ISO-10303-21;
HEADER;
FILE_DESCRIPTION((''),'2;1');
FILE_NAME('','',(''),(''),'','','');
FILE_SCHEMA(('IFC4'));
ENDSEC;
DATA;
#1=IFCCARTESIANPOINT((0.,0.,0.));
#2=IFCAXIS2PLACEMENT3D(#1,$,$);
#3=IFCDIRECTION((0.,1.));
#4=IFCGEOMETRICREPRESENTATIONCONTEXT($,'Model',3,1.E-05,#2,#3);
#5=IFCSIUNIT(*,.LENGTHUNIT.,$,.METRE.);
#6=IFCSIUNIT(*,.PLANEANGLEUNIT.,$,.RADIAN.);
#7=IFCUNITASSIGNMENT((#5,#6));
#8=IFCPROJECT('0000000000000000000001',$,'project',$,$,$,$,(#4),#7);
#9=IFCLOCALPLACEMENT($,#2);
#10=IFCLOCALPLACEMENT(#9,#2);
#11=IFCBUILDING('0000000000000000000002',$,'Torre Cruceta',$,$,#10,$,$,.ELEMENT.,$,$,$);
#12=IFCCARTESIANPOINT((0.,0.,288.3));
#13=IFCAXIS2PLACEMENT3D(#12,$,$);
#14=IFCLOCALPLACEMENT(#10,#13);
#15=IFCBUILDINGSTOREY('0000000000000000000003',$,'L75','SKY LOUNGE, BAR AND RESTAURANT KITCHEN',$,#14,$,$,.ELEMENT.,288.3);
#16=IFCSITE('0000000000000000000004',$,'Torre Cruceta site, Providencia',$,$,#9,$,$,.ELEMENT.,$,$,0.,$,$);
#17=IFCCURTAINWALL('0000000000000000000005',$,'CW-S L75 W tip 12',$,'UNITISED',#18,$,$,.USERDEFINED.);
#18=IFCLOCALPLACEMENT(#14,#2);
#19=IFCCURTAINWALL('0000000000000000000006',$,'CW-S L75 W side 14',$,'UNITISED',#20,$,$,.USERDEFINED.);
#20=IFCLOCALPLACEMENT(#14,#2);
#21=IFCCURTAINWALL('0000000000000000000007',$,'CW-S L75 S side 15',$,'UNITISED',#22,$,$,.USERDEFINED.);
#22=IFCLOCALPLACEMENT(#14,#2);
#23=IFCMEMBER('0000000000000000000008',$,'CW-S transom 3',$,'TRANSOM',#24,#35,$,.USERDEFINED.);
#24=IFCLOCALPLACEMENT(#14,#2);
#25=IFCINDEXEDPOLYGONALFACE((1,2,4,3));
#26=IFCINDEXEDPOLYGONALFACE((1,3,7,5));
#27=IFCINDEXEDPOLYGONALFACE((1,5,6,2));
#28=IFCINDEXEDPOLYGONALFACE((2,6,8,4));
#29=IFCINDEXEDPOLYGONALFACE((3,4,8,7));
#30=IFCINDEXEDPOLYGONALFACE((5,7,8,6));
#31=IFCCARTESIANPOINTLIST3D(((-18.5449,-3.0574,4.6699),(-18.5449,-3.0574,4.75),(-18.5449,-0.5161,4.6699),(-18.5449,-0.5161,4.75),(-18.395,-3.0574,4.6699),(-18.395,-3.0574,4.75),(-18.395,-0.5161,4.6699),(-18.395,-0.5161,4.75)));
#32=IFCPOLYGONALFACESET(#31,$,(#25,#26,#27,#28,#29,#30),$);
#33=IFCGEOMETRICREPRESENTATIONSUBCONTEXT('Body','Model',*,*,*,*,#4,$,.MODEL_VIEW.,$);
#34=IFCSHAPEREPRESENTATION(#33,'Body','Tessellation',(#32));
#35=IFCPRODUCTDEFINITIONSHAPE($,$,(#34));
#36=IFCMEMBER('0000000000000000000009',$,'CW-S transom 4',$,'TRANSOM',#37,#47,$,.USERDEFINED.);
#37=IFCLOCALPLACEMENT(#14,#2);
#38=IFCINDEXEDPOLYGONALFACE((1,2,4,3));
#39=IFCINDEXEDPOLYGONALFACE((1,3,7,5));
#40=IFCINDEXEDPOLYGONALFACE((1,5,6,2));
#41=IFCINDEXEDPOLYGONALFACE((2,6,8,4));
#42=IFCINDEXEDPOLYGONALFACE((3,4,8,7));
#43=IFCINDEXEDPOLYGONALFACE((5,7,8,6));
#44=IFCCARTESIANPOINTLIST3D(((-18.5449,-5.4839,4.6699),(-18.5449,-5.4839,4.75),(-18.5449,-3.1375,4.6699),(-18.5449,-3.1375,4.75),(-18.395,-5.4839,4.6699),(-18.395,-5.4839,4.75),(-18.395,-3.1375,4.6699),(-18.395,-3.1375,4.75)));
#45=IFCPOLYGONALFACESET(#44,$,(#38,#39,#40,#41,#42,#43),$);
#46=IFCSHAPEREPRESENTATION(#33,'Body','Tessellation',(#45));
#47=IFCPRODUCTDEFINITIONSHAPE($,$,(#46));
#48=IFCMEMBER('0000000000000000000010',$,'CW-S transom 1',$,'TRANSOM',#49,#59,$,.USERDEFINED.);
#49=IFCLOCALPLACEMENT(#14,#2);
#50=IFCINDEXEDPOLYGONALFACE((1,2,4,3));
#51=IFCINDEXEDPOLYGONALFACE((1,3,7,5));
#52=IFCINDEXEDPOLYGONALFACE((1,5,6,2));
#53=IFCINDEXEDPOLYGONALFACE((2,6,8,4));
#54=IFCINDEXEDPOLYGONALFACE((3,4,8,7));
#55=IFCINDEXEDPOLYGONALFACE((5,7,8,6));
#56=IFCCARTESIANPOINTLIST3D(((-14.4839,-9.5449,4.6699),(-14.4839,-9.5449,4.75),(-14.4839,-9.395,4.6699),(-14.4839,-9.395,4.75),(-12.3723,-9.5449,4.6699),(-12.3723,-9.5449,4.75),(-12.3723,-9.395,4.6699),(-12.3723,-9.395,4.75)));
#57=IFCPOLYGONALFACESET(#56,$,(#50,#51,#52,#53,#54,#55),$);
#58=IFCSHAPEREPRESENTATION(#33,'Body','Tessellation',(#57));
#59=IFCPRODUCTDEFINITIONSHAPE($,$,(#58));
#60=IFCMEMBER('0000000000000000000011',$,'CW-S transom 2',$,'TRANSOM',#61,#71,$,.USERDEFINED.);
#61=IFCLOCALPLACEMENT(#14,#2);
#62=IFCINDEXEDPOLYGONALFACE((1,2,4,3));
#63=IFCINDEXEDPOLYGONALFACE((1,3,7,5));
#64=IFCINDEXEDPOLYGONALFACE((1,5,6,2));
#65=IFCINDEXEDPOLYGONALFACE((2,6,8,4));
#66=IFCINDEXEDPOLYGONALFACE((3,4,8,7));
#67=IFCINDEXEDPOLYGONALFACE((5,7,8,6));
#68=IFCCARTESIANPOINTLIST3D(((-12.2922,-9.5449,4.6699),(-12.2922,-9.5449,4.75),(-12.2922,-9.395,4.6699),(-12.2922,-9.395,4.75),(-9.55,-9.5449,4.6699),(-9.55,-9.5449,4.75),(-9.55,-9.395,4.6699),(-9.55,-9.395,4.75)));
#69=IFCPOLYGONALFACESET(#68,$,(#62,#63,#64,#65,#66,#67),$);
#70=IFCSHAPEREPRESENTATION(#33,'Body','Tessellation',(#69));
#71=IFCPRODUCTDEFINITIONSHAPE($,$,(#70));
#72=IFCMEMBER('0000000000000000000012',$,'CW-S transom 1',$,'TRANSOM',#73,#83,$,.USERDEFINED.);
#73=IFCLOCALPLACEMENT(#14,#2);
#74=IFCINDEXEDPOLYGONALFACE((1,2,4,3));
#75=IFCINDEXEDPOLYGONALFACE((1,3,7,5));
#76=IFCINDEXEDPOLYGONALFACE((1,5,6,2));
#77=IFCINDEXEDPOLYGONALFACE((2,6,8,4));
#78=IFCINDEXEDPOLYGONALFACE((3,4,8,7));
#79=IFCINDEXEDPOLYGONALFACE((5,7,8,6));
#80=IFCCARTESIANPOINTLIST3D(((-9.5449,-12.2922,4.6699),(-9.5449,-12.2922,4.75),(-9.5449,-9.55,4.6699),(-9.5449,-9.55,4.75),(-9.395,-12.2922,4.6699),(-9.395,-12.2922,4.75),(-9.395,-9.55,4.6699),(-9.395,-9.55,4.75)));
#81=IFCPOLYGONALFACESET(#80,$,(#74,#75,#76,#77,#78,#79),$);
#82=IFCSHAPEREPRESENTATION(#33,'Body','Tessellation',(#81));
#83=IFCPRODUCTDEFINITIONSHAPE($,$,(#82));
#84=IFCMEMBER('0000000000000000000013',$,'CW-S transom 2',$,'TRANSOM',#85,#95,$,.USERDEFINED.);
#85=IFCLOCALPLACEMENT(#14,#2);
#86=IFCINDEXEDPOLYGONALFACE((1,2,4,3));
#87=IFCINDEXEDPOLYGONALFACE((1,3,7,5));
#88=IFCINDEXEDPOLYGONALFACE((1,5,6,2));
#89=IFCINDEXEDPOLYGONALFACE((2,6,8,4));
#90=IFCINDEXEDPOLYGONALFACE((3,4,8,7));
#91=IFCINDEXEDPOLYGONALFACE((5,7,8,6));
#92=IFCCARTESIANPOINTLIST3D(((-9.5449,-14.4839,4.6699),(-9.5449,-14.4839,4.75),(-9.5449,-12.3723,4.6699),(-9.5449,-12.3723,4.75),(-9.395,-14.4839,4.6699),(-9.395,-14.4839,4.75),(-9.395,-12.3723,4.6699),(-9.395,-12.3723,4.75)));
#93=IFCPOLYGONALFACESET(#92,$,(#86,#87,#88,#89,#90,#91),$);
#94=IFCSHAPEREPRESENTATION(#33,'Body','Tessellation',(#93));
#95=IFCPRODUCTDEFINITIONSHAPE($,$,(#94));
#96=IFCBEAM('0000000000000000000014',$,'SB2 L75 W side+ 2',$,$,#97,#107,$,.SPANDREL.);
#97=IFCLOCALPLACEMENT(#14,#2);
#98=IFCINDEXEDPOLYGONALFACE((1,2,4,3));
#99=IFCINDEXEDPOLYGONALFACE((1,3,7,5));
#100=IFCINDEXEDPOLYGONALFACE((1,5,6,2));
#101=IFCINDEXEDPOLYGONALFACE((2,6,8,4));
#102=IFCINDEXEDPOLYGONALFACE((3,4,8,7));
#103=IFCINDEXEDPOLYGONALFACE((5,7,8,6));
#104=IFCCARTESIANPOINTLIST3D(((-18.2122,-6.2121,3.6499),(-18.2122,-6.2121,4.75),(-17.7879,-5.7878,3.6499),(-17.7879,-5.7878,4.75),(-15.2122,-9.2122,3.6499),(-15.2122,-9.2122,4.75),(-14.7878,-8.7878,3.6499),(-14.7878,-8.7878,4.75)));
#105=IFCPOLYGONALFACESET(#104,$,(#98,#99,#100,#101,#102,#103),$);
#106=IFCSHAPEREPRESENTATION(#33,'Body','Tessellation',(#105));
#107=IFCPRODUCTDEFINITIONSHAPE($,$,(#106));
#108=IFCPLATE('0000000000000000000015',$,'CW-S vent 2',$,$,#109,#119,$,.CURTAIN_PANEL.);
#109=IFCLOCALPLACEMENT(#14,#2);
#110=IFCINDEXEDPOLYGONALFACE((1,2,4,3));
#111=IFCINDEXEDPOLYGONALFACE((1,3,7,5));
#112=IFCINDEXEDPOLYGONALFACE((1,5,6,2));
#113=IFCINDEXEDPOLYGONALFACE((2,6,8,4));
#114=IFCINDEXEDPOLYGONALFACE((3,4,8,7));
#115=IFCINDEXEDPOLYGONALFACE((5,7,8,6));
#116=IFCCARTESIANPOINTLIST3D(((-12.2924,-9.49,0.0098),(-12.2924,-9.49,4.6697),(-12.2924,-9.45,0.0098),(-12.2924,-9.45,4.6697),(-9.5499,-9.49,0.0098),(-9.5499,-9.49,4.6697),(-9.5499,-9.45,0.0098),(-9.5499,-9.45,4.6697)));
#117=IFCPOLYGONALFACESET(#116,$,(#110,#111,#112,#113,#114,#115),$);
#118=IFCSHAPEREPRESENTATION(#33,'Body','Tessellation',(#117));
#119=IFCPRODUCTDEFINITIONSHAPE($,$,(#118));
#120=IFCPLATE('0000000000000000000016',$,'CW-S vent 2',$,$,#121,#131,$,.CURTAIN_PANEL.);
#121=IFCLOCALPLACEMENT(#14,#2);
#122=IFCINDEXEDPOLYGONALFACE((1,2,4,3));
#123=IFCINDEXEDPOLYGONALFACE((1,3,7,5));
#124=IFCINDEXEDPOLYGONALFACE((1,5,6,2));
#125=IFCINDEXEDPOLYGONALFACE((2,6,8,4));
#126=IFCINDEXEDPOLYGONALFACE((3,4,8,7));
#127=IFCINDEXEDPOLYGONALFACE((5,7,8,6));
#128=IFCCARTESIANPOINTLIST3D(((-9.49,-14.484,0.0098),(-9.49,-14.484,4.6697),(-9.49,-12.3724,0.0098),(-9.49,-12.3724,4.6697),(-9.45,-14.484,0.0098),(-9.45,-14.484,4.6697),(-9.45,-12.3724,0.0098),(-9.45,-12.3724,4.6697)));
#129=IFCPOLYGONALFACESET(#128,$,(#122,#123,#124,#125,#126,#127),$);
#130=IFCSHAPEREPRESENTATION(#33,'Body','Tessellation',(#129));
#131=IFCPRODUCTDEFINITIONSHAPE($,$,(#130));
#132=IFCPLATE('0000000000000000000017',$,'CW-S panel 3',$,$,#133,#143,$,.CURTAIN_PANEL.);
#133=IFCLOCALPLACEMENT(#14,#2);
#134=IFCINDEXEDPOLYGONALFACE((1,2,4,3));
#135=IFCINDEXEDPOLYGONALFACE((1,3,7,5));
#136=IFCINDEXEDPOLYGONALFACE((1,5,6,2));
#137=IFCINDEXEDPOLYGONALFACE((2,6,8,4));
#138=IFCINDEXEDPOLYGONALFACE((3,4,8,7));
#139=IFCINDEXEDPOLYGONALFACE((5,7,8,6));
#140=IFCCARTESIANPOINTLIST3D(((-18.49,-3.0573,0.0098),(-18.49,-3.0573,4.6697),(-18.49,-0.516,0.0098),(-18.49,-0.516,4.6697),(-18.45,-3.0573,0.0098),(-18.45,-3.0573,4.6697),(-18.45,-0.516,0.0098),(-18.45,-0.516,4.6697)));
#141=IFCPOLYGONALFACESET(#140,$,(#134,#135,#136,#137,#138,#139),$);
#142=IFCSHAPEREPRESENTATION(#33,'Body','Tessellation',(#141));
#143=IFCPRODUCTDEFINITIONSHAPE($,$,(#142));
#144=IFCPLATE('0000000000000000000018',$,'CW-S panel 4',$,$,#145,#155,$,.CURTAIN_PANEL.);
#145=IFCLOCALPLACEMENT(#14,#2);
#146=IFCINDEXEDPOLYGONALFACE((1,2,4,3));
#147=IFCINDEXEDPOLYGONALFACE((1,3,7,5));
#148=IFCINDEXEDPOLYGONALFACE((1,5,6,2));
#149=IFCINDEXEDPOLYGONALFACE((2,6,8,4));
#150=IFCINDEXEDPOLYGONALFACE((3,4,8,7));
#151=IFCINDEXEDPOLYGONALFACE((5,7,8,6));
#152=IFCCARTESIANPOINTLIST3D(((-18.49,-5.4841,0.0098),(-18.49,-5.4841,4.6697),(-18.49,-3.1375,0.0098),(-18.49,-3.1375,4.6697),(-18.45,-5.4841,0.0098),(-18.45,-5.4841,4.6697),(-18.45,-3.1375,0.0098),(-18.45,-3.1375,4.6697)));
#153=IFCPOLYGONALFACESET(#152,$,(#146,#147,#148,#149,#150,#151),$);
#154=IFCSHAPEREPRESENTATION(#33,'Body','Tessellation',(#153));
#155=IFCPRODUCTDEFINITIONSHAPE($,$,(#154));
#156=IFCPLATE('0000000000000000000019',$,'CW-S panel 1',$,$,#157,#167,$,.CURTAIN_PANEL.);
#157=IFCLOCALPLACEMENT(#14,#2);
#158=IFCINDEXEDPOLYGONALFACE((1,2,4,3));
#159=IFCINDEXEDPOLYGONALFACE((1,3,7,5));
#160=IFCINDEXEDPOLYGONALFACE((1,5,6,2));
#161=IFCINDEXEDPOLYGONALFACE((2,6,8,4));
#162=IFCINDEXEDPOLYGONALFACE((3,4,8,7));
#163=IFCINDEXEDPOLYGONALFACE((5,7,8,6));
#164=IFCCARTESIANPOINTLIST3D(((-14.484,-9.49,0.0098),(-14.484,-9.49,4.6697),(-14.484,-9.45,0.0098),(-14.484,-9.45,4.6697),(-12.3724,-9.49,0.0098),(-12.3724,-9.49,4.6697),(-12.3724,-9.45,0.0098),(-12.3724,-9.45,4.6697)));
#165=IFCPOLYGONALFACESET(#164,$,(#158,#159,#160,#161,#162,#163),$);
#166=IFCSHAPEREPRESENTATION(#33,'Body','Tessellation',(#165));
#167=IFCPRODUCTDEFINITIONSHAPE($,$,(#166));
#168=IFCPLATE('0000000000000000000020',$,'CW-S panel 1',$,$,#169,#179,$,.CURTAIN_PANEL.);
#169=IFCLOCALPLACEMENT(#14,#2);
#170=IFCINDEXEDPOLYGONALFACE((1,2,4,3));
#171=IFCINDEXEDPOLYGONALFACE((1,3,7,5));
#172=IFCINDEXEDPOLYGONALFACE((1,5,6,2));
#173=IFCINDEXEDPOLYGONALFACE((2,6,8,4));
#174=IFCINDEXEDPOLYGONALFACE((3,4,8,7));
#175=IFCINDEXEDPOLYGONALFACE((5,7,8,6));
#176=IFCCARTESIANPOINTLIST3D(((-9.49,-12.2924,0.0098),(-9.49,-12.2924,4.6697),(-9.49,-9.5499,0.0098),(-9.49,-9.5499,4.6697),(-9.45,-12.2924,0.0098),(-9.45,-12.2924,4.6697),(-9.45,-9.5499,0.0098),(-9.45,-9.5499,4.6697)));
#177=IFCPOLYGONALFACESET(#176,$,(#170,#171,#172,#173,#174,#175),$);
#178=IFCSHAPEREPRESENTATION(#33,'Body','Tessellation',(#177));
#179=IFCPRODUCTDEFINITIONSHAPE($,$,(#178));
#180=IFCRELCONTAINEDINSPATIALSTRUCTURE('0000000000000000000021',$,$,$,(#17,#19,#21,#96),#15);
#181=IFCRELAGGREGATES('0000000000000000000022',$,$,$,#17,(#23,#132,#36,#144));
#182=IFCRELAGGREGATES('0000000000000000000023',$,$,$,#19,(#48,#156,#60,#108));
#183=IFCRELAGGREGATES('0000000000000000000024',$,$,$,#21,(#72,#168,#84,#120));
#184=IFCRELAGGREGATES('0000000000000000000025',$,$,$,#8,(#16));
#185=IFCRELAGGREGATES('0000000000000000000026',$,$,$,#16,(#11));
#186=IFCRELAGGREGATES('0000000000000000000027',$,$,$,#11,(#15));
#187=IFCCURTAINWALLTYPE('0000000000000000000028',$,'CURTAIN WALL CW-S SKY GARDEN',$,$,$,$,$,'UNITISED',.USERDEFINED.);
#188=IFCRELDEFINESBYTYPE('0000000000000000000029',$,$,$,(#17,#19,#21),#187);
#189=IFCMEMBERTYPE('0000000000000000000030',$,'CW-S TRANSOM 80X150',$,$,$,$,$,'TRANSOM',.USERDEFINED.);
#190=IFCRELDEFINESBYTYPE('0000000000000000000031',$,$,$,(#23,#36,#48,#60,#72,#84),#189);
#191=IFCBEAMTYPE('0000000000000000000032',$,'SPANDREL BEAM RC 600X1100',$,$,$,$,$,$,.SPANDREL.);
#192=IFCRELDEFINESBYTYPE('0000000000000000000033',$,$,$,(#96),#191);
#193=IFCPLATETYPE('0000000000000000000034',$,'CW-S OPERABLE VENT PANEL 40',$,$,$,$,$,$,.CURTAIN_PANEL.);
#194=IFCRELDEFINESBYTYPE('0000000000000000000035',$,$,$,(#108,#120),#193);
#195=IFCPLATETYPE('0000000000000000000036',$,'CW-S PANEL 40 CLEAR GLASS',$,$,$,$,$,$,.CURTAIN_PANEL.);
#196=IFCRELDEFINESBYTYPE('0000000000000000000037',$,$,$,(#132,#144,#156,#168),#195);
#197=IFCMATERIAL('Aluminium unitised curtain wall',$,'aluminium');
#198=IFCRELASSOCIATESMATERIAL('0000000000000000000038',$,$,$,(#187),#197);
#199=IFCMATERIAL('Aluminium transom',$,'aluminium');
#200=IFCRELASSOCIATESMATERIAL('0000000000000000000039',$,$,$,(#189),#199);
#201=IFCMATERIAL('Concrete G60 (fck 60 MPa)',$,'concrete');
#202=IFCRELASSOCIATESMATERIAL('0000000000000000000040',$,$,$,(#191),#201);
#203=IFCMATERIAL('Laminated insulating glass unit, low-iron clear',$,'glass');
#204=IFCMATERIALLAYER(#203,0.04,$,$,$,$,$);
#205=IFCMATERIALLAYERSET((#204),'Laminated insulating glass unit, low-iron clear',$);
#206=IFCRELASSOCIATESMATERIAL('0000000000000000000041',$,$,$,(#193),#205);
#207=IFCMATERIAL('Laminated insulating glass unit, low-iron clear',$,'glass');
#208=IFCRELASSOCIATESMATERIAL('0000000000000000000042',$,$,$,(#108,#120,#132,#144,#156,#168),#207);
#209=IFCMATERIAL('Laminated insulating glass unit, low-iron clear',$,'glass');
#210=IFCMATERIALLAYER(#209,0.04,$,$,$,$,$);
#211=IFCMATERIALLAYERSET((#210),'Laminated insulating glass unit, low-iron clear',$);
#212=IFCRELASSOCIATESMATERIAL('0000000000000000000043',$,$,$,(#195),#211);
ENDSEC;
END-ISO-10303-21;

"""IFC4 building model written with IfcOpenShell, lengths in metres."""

from ifc_helpers import new_model, si_unit, direction, frame, origin, origin_2d, place, context, subcontext, project, spatial, rectangle, extrude, material, layer, layer_set, material_profile, profile_set, type_object, element, aggregate, save


model = new_model("IFC4")

# Units and contexts
model_context = context("Model", 3, precision=1e-05, world=origin(), true_north=direction((0.0, 1.0)))
body_context = subcontext(model_context, "Body", "Model", "MODEL_VIEW")
ifc_project = project(units=[si_unit("LENGTHUNIT", "METRE"), si_unit("PLANEANGLEUNIT", "RADIAN")], contexts=[model_context])

# Site, building, storey
site_placement = place(None, origin())
site = spatial("IfcSite", under=ifc_project, at=site_placement, Name="Torre Cruceta site, Providencia", CompositionType="ELEMENT", RefElevation=0.0)
building_placement = place(site_placement, origin())
building = spatial("IfcBuilding", under=site, at=building_placement, Name="Torre Cruceta", CompositionType="ELEMENT")
storey_placement = place(building_placement, frame((0.0, 0.0, 288.3)))
storey = spatial("IfcBuildingStorey", under=building, at=storey_placement, Name="L75", Description="SKY LOUNGE, BAR AND RESTAURANT KITCHEN", CompositionType="ELEMENT", Elevation=288.3)

# Curtain walls
ifc_material_1 = material(Name="Aluminium unitised curtain wall", Category="aluminium")
curtain_wall_type = type_object("IfcCurtainWallType", Name="CURTAIN WALL CW-S SKY GARDEN", ElementType="UNITISED", PredefinedType="USERDEFINED", material=ifc_material_1)
curtain_wall_1_placement = place(storey_placement, origin())
curtain_wall_1 = element("IfcCurtainWall", 1, at=curtain_wall_1_placement, inside=storey, type_object=curtain_wall_type, Name="CW-S L75 W tip 12", ObjectType="UNITISED", PredefinedType="USERDEFINED")
curtain_wall_2_placement = place(storey_placement, origin())
curtain_wall_2 = element("IfcCurtainWall", 2, at=curtain_wall_2_placement, inside=storey, type_object=curtain_wall_type, Name="CW-S L75 W side 14", ObjectType="UNITISED", PredefinedType="USERDEFINED")
curtain_wall_3_placement = place(storey_placement, origin())
curtain_wall_3 = element("IfcCurtainWall", 3, at=curtain_wall_3_placement, inside=storey, type_object=curtain_wall_type, Name="CW-S L75 S side 15", ObjectType="UNITISED", PredefinedType="USERDEFINED")

# Members
ifc_material_2 = material(Name="Aluminium transom", Category="aluminium")
ifc_material_profile_1 = material_profile(ifc_material_2, rectangle(XDim=0.1499, YDim=0.0801, at=origin_2d()), Name="AL 150X80")
ifc_profile_set_1 = profile_set([ifc_material_profile_1], Name="Aluminium transom")
member_type_1 = type_object("IfcMemberType", Name="CW-S TRANSOM 80X150", ElementType="TRANSOM", PredefinedType="USERDEFINED", material=ifc_profile_set_1)
member_1_placement = place(storey_placement, frame((-18.47, -0.5161, 4.71), z_axis=(0.0, -1.0, 0.0), x_axis=(1.0, 0.0, 0.0)))
member_1 = element("IfcMember", 4, at=member_1_placement, type_object=member_type_1, Name="CW-S transom 3", ObjectType="TRANSOM", PredefinedType="USERDEFINED", context=body_context, shape_type="SweptSolid", body=[
    extrude(rectangle(XDim=0.1499, YDim=0.0801, at=origin_2d()), origin(), (0.0, 0.0, 1.0), 2.5413),
])
member_2_placement = place(storey_placement, frame((-18.47, -3.1375, 4.71), z_axis=(0.0, -1.0, 0.0), x_axis=(1.0, 0.0, 0.0)))
member_2 = element("IfcMember", 5, at=member_2_placement, type_object=member_type_1, Name="CW-S transom 4", ObjectType="TRANSOM", PredefinedType="USERDEFINED", context=body_context, shape_type="SweptSolid", body=[
    extrude(rectangle(XDim=0.1499, YDim=0.0801, at=origin_2d()), origin(), (0.0, 0.0, 1.0), 2.3464),
])
member_3_placement = place(storey_placement, frame((-14.4839, -9.47, 4.71), z_axis=(1.0, 0.0, 0.0), x_axis=(0.0, 1.0, 0.0)))
member_3 = element("IfcMember", 6, at=member_3_placement, type_object=member_type_1, Name="CW-S transom 1", ObjectType="TRANSOM", PredefinedType="USERDEFINED", context=body_context, shape_type="SweptSolid", body=[
    extrude(rectangle(XDim=0.1499, YDim=0.0801, at=origin_2d()), origin(), (0.0, 0.0, 1.0), 2.1116),
])
member_4_placement = place(storey_placement, frame((-12.2922, -9.47, 4.71), z_axis=(1.0, 0.0, 0.0), x_axis=(0.0, 1.0, 0.0)))
member_4 = element("IfcMember", 7, at=member_4_placement, type_object=member_type_1, Name="CW-S transom 2", ObjectType="TRANSOM", PredefinedType="USERDEFINED", context=body_context, shape_type="SweptSolid", body=[
    extrude(rectangle(XDim=0.1499, YDim=0.0801, at=origin_2d()), origin(), (0.0, 0.0, 1.0), 2.7422),
])
member_5_placement = place(storey_placement, frame((-9.47, -9.55, 4.71), z_axis=(0.0, -1.0, 0.0), x_axis=(1.0, 0.0, 0.0)))
member_5 = element("IfcMember", 8, at=member_5_placement, type_object=member_type_1, Name="CW-S transom 1", ObjectType="TRANSOM", PredefinedType="USERDEFINED", context=body_context, shape_type="SweptSolid", body=[
    extrude(rectangle(XDim=0.1499, YDim=0.0801, at=origin_2d()), origin(), (0.0, 0.0, 1.0), 2.7422),
])
member_6_placement = place(storey_placement, frame((-9.47, -12.3723, 4.71), z_axis=(0.0, -1.0, 0.0), x_axis=(1.0, 0.0, 0.0)))
member_6 = element("IfcMember", 9, at=member_6_placement, type_object=member_type_1, Name="CW-S transom 2", ObjectType="TRANSOM", PredefinedType="USERDEFINED", context=body_context, shape_type="SweptSolid", body=[
    extrude(rectangle(XDim=0.1499, YDim=0.0801, at=origin_2d()), origin(), (0.0, 0.0, 1.0), 2.1116),
])

# Beam
ifc_material_3 = material(Name="Concrete G60 (fck 60 MPa)", Category="concrete")
ifc_material_profile_2 = material_profile(ifc_material_3, rectangle(XDim=0.6001, YDim=1.1001, at=origin_2d()), Name="RC 600X1100")
ifc_profile_set_2 = profile_set([ifc_material_profile_2], Name="Concrete G60 (fck 60 MPa)")
beam_type_1 = type_object("IfcBeamType", Name="SPANDREL BEAM RC 600X1100", PredefinedType="SPANDREL", material=ifc_profile_set_2)
beam_1_placement = place(storey_placement, frame((-15.0, -9.0, 4.2), z_axis=(-0.707107, 0.707107, 0.0), x_axis=(-0.707107, -0.707107, 0.0)))
element("IfcBeam", 10, at=beam_1_placement, inside=storey, type_object=beam_type_1, Name="SB2 L75 W side+ 2", PredefinedType="SPANDREL", context=body_context, shape_type="SweptSolid", body=[
    extrude(rectangle(XDim=0.6001, YDim=1.1001, at=origin_2d()), origin(), (0.0, 0.0, 1.0), 4.2427),
])

# Plates
ifc_material_4 = material(Name="Laminated insulating glass unit, low-iron clear", Category="glass")
ifc_material_5 = material(Name="Laminated insulating glass unit, low-iron clear", Category="glass")
ifc_layer_1 = layer(ifc_material_5, 0.04)
ifc_layer_set_1 = layer_set([ifc_layer_1], Name="Laminated insulating glass unit, low-iron clear")
plate_type_1 = type_object("IfcPlateType", Name="CW-S OPERABLE VENT PANEL 40", PredefinedType="CURTAIN_PANEL", material=ifc_layer_set_1)
plate_1_placement = place(storey_placement, frame((-10.9211, -9.47, 0.0098), z_axis=(0.0, 0.0, 1.0), x_axis=(1.0, 0.0, 0.0)))
plate_1 = element("IfcPlate", 11, at=plate_1_placement, type_object=plate_type_1, material=ifc_material_4, Name="CW-S vent 2", PredefinedType="CURTAIN_PANEL", context=body_context, shape_type="SweptSolid", body=[
    extrude(rectangle(XDim=2.7424, YDim=0.04, at=origin_2d()), origin(), (0.0, 0.0, 1.0), 4.6599),
])
plate_2_placement = place(storey_placement, frame((-9.47, -13.4282, 0.0098), z_axis=(0.0, 0.0, 1.0), x_axis=(0.0, -1.0, 0.0)))
plate_2 = element("IfcPlate", 12, at=plate_2_placement, type_object=plate_type_1, material=ifc_material_4, Name="CW-S vent 2", PredefinedType="CURTAIN_PANEL", context=body_context, shape_type="SweptSolid", body=[
    extrude(rectangle(XDim=2.1116, YDim=0.04, at=origin_2d()), origin(), (0.0, 0.0, 1.0), 4.6599),
])
ifc_material_6 = material(Name="Laminated insulating glass unit, low-iron clear", Category="glass")
ifc_layer_2 = layer(ifc_material_6, 0.04)
ifc_layer_set_2 = layer_set([ifc_layer_2], Name="Laminated insulating glass unit, low-iron clear")
plate_type_2 = type_object("IfcPlateType", Name="CW-S PANEL 40 CLEAR GLASS", PredefinedType="CURTAIN_PANEL", material=ifc_layer_set_2)
plate_3_placement = place(storey_placement, frame((-18.47, -1.7866, 0.0098), z_axis=(0.0, 0.0, 1.0), x_axis=(0.0, -1.0, 0.0)))
plate_3 = element("IfcPlate", 13, at=plate_3_placement, type_object=plate_type_2, material=ifc_material_4, Name="CW-S panel 3", PredefinedType="CURTAIN_PANEL", context=body_context, shape_type="SweptSolid", body=[
    extrude(rectangle(XDim=2.5413, YDim=0.04, at=origin_2d()), origin(), (0.0, 0.0, 1.0), 4.6599),
])
plate_4_placement = place(storey_placement, frame((-18.47, -4.3108, 0.0098), z_axis=(0.0, 0.0, 1.0), x_axis=(0.0, -1.0, 0.0)))
plate_4 = element("IfcPlate", 14, at=plate_4_placement, type_object=plate_type_2, material=ifc_material_4, Name="CW-S panel 4", PredefinedType="CURTAIN_PANEL", context=body_context, shape_type="SweptSolid", body=[
    extrude(rectangle(XDim=2.3467, YDim=0.04, at=origin_2d()), origin(), (0.0, 0.0, 1.0), 4.6599),
])
aggregate(curtain_wall_1, [member_1, plate_3, member_2, plate_4])
plate_5_placement = place(storey_placement, frame((-13.4282, -9.47, 0.0098), z_axis=(0.0, 0.0, 1.0), x_axis=(1.0, 0.0, 0.0)))
plate_5 = element("IfcPlate", 15, at=plate_5_placement, type_object=plate_type_2, material=ifc_material_4, Name="CW-S panel 1", PredefinedType="CURTAIN_PANEL", context=body_context, shape_type="SweptSolid", body=[
    extrude(rectangle(XDim=2.1116, YDim=0.04, at=origin_2d()), origin(), (0.0, 0.0, 1.0), 4.6599),
])
aggregate(curtain_wall_2, [member_3, plate_5, member_4, plate_1])
plate_6_placement = place(storey_placement, frame((-9.47, -10.9211, 0.0098), z_axis=(0.0, 0.0, 1.0), x_axis=(0.0, -1.0, 0.0)))
plate_6 = element("IfcPlate", 16, at=plate_6_placement, type_object=plate_type_2, material=ifc_material_4, Name="CW-S panel 1", PredefinedType="CURTAIN_PANEL", context=body_context, shape_type="SweptSolid", body=[
    extrude(rectangle(XDim=2.7424, YDim=0.04, at=origin_2d()), origin(), (0.0, 0.0, 1.0), 4.6599),
])
aggregate(curtain_wall_3, [member_5, plate_6, member_6, plate_2])

save(model, "model.ifc")
